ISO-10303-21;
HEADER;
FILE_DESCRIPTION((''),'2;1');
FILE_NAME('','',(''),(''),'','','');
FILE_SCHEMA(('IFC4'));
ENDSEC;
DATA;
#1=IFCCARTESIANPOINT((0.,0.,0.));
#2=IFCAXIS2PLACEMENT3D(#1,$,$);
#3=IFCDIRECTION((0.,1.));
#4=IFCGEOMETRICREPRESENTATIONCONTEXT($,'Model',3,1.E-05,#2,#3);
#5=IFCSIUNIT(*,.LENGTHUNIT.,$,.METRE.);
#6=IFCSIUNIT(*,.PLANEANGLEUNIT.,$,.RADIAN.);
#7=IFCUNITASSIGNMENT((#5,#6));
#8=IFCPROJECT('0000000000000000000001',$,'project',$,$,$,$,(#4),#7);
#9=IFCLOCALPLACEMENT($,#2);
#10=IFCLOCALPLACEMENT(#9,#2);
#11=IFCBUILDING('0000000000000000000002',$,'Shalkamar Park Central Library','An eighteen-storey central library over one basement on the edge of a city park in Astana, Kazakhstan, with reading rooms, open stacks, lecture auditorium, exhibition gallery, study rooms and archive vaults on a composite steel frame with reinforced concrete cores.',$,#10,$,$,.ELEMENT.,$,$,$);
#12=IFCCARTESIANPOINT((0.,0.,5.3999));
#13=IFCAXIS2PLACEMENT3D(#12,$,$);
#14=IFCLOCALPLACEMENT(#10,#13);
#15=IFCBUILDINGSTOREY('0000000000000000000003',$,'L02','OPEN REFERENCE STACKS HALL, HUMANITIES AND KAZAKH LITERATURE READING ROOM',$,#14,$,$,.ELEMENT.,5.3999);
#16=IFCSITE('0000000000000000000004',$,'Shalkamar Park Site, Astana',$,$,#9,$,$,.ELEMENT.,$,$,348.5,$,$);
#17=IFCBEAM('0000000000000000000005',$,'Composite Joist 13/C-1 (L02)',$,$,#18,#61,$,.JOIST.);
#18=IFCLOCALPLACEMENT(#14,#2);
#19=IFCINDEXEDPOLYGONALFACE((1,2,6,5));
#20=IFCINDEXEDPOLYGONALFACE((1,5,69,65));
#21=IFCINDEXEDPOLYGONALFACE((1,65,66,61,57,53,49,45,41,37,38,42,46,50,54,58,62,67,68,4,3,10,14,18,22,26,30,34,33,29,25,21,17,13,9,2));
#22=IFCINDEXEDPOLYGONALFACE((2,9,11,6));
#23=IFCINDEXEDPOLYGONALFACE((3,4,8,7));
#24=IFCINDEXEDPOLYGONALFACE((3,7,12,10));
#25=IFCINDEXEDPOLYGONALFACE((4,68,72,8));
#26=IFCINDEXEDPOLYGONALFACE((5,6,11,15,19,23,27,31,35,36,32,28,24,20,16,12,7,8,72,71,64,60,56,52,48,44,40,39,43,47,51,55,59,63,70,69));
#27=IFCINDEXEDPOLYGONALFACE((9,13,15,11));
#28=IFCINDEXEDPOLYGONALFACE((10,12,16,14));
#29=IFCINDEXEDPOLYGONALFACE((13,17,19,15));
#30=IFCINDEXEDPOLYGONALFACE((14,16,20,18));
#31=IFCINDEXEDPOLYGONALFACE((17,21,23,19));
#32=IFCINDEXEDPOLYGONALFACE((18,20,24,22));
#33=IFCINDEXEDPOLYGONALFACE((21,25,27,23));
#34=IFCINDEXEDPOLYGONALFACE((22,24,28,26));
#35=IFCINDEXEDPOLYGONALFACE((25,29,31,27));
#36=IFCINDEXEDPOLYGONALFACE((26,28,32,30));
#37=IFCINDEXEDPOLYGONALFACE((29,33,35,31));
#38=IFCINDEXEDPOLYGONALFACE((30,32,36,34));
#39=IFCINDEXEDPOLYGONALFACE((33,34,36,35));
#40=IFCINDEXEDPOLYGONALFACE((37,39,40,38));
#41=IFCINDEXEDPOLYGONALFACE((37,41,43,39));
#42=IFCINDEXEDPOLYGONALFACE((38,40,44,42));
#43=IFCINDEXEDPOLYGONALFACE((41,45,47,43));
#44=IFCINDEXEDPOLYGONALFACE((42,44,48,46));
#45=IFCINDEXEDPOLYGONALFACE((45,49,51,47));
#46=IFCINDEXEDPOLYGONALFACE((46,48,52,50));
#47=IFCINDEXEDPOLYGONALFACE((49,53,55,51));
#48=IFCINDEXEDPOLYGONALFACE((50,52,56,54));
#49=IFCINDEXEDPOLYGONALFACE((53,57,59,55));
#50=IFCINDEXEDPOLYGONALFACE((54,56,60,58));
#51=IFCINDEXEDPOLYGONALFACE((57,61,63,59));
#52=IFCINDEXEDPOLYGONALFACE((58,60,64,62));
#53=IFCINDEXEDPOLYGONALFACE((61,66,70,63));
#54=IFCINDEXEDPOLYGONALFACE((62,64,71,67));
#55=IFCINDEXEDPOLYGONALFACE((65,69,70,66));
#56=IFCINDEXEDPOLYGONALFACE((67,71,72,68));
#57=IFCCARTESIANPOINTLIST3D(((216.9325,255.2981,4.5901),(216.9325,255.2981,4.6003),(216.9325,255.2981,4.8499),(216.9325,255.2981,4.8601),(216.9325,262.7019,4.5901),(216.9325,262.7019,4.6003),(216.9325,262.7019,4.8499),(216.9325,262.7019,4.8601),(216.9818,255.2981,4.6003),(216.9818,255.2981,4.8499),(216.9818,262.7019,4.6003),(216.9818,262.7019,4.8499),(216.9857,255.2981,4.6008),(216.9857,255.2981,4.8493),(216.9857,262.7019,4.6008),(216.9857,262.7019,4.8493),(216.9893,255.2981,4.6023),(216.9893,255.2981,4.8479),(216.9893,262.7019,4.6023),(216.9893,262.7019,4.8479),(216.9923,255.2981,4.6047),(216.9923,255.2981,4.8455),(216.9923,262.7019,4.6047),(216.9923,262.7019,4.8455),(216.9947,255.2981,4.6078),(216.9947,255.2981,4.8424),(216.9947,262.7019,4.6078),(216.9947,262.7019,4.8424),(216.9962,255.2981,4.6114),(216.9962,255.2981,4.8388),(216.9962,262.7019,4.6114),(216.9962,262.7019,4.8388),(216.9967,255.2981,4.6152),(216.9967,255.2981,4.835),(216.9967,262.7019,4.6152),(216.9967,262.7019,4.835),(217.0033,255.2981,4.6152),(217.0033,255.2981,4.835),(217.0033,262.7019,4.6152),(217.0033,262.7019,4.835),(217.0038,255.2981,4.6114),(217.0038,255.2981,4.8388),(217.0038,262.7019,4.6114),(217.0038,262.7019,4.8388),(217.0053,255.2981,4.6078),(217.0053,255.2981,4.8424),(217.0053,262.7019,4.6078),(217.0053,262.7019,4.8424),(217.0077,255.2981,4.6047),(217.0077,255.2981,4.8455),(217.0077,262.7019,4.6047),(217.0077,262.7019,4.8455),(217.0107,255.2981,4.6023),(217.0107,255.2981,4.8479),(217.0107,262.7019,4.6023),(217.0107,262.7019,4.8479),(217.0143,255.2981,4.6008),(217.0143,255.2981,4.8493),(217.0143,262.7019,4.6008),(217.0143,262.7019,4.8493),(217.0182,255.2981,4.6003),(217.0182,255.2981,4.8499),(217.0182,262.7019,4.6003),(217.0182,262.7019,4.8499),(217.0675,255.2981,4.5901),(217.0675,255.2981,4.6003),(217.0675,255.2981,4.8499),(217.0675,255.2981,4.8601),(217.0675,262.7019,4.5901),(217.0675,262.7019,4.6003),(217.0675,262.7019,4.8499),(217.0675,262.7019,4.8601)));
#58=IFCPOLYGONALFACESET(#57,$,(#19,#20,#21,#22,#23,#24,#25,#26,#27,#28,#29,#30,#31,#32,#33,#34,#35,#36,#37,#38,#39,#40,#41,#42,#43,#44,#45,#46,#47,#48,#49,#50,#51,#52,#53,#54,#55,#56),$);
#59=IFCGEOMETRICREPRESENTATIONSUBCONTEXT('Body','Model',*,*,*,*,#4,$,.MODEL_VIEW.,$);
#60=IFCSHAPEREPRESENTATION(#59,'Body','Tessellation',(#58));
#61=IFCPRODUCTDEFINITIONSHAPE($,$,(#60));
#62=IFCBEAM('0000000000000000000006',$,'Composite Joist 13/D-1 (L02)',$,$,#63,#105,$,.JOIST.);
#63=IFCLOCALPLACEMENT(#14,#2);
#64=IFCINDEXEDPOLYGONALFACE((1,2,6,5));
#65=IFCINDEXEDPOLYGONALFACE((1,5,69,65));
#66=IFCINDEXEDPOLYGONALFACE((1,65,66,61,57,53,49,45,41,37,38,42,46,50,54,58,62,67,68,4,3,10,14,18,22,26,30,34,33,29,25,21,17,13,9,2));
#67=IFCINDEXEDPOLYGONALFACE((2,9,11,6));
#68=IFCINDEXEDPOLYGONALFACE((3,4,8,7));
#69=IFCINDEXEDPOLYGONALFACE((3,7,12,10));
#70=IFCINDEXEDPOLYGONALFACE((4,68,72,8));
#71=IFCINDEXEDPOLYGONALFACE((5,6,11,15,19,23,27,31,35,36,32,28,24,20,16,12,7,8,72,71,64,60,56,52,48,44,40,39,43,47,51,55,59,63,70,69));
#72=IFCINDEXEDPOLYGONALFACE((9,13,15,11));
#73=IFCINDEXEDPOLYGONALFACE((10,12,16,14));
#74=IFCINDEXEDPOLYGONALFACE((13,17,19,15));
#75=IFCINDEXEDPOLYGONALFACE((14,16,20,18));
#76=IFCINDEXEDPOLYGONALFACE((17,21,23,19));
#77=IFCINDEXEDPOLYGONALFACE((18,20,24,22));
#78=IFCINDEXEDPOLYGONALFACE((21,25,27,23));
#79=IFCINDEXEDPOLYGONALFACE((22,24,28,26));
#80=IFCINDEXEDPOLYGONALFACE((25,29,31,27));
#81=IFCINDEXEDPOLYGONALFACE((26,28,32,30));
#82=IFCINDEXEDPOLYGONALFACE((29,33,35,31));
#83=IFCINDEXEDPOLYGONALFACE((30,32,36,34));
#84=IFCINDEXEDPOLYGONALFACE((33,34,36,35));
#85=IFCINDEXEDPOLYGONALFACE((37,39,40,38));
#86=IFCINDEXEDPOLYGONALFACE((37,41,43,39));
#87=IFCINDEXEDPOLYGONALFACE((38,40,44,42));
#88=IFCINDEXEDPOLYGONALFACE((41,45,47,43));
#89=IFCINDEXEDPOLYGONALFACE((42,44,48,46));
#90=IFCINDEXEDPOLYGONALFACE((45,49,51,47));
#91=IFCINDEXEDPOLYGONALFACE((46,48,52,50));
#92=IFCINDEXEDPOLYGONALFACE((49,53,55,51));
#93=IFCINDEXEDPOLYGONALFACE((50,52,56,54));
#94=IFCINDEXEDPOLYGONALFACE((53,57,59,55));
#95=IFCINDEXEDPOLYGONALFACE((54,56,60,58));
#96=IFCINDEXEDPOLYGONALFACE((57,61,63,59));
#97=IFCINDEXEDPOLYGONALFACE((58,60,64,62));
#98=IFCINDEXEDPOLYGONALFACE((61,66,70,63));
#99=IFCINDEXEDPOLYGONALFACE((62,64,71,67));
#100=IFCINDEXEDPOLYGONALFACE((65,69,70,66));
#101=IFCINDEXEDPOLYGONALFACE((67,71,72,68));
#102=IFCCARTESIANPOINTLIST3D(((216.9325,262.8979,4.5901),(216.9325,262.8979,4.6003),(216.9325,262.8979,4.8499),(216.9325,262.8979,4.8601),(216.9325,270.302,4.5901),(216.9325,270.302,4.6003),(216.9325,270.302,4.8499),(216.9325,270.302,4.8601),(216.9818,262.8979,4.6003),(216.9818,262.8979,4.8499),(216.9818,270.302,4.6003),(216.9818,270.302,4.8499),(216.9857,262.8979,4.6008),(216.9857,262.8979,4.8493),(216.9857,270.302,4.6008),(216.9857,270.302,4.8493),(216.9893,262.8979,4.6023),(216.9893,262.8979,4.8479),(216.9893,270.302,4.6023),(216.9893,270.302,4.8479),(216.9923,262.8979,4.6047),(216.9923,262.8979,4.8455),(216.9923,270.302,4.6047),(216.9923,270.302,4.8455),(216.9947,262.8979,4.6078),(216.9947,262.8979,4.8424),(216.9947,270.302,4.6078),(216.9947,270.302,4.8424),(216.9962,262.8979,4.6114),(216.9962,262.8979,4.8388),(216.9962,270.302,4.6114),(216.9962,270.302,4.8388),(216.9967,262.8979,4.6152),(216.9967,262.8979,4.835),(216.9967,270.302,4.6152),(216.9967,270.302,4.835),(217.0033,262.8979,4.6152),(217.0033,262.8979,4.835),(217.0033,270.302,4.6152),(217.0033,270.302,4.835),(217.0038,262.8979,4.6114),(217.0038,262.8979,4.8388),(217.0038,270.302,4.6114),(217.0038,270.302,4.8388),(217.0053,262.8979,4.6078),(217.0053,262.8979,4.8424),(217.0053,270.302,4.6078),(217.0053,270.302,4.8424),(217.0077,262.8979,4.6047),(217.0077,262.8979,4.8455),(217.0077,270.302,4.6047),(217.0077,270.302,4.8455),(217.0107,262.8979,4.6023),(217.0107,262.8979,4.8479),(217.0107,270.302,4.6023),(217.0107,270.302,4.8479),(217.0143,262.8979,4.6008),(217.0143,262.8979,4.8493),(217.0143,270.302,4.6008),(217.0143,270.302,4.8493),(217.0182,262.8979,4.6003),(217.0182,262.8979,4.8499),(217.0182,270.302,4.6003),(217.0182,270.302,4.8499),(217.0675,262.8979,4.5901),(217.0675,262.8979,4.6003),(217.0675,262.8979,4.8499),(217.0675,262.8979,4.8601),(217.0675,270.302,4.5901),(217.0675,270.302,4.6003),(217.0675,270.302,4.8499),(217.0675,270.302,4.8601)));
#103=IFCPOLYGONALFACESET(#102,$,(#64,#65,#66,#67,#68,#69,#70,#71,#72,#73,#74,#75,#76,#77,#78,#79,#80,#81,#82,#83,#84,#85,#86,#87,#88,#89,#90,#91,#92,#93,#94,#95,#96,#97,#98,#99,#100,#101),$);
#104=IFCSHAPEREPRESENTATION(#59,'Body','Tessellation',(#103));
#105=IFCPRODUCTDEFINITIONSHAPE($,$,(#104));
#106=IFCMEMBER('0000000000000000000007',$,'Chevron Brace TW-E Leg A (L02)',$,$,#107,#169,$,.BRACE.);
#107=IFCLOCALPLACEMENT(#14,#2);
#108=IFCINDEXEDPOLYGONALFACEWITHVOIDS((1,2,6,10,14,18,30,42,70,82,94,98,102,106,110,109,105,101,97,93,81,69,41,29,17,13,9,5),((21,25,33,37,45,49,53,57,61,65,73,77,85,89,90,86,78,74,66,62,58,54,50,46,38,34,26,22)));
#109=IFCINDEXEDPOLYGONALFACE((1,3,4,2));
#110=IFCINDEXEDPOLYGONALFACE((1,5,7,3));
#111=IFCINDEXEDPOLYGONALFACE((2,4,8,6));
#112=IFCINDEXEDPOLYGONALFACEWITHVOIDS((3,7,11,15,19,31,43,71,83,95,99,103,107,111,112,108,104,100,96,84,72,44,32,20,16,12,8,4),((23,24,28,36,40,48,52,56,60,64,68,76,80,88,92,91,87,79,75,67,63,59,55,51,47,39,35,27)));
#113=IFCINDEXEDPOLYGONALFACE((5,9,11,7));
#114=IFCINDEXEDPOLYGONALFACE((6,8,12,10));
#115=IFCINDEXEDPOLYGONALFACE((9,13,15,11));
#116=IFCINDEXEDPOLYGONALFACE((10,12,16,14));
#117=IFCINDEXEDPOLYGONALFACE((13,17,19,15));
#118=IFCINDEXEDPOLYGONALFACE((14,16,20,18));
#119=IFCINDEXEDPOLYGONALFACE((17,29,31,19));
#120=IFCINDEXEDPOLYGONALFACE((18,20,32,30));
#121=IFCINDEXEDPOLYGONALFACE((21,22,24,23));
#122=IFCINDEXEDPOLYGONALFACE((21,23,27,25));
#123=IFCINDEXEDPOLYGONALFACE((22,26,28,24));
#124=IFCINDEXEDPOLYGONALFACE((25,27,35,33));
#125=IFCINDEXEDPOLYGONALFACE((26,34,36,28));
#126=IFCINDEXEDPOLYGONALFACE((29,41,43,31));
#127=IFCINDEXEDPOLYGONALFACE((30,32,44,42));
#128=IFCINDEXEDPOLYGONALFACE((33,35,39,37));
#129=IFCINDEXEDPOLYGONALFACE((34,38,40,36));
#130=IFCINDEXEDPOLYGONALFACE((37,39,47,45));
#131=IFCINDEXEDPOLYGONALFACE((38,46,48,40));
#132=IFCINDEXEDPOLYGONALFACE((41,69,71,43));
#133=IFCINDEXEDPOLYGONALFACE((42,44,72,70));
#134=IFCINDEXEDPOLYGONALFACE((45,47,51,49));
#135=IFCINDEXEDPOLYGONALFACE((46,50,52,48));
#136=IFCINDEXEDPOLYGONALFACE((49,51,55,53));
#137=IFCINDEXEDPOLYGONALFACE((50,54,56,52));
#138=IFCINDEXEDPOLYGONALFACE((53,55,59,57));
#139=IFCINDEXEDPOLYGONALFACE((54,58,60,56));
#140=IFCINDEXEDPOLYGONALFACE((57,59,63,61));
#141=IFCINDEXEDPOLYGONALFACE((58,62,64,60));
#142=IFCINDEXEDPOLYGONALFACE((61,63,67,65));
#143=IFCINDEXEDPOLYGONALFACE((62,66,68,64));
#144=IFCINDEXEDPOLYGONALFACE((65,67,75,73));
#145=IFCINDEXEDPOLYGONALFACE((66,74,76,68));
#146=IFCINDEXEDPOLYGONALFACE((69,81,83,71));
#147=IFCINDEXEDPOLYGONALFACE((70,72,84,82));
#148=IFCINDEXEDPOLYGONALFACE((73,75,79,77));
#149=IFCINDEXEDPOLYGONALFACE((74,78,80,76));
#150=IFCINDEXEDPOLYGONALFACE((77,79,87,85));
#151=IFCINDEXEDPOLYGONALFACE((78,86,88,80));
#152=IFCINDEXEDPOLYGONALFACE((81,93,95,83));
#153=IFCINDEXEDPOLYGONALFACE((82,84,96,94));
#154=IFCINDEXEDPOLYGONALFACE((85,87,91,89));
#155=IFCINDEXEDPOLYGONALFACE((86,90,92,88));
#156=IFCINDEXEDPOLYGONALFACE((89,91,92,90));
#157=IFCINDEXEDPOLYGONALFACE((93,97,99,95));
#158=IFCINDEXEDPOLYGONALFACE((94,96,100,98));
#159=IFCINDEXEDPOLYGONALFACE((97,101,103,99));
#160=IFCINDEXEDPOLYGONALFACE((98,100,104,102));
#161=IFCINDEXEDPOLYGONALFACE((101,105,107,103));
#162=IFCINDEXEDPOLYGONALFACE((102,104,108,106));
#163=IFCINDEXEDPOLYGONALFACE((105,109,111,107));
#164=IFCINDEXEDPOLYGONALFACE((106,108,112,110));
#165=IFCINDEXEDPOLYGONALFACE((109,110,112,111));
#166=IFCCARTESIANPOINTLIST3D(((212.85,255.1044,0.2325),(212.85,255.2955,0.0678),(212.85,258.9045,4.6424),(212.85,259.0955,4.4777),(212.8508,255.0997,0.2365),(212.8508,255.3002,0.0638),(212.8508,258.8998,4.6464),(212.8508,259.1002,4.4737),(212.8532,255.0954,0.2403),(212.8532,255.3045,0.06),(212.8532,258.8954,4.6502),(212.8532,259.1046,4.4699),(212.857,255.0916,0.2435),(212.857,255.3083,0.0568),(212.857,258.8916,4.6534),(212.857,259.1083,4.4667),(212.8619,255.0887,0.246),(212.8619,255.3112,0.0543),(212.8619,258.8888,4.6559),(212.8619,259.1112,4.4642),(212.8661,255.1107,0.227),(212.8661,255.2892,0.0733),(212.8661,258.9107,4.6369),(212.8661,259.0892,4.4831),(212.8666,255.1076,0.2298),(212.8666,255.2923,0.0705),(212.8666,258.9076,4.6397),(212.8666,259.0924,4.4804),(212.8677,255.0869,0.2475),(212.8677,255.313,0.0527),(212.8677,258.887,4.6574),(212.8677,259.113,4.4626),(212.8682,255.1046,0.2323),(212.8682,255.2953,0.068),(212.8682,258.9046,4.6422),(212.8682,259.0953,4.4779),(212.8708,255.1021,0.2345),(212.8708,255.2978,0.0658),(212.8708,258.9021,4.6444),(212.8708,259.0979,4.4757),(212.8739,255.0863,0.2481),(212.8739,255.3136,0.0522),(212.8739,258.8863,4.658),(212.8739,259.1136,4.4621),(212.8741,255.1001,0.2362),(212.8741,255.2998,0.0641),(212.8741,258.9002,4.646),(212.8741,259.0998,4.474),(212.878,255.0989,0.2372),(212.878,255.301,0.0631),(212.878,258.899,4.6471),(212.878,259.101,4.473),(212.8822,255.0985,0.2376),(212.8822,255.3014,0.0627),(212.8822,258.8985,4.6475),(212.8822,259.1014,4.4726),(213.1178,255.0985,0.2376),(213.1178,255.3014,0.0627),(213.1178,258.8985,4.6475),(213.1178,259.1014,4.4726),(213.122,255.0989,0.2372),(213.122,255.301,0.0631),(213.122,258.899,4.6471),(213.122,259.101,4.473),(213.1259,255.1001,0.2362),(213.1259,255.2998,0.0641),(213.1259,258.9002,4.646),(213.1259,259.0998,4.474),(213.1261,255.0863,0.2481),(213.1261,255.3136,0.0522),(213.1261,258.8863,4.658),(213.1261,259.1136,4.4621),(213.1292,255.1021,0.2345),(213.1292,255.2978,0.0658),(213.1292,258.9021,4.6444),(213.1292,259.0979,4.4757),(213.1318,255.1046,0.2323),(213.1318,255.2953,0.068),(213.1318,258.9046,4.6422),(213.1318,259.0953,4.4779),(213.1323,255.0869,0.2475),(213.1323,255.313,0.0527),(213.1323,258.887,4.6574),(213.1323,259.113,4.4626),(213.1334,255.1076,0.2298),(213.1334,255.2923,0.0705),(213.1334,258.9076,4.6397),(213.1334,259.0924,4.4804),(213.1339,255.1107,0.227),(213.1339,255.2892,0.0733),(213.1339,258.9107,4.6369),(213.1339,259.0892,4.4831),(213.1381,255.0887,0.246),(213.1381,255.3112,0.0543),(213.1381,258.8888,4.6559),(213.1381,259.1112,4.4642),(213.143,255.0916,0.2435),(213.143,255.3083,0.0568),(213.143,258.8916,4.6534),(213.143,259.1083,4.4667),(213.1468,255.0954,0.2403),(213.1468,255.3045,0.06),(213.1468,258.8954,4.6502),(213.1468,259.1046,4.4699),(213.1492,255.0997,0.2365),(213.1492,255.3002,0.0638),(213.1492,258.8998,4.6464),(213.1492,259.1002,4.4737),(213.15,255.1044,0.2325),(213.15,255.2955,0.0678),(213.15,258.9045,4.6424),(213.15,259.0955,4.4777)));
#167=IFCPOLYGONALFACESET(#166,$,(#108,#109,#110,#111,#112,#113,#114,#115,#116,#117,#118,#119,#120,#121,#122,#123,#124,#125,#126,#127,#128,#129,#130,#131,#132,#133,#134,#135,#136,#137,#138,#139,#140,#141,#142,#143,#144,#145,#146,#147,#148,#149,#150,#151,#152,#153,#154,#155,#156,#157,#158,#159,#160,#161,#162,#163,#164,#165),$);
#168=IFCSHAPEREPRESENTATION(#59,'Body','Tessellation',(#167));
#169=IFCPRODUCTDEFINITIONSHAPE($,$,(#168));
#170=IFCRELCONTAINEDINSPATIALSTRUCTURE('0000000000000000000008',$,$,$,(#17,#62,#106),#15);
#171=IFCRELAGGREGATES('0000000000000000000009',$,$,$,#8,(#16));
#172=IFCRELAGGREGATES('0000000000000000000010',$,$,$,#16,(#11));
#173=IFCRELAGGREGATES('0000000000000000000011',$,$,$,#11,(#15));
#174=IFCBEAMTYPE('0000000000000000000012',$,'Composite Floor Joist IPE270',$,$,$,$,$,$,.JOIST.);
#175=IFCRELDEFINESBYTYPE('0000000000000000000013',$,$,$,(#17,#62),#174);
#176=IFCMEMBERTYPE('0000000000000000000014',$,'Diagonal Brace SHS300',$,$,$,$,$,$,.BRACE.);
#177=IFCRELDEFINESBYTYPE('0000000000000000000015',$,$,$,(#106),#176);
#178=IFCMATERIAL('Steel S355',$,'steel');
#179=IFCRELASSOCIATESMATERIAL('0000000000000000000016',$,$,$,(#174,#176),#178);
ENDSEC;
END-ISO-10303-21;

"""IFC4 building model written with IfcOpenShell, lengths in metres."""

from ifc_helpers import new_model, si_unit, direction, frame, origin, origin_2d, place, context, subcontext, project, spatial, hollow_rectangle, i_section, extrude, material, material_profile, profile_set, type_object, element, save


model = new_model("IFC4")

# Units and contexts
model_context = context("Model", 3, precision=1e-05, world=origin(), true_north=direction((0.0, 1.0)))
body_context = subcontext(model_context, "Body", "Model", "MODEL_VIEW")
ifc_project = project(units=[si_unit("LENGTHUNIT", "METRE"), si_unit("PLANEANGLEUNIT", "RADIAN")], contexts=[model_context])

# Site, building, storey
site_placement = place(None, origin())
site = spatial("IfcSite", under=ifc_project, at=site_placement, Name="Shalkamar Park Site, Astana", CompositionType="ELEMENT", RefElevation=348.5)
building_placement = place(site_placement, origin())
building = spatial("IfcBuilding", under=site, at=building_placement, Name="Shalkamar Park Central Library", Description="An eighteen-storey central library over one basement on the edge of a city park in Astana, Kazakhstan, with reading rooms, open stacks, lecture auditorium, exhibition gallery, study rooms and archive vaults on a composite steel frame with reinforced concrete cores.", CompositionType="ELEMENT")
storey_placement = place(building_placement, frame((0.0, 0.0, 5.3999)))
storey = spatial("IfcBuildingStorey", under=building, at=storey_placement, Name="L02", Description="OPEN REFERENCE STACKS HALL, HUMANITIES AND KAZAKH LITERATURE READING ROOM", CompositionType="ELEMENT", Elevation=5.3999)

# Shared definitions
ifc_material_1 = material(Name="Steel S355", Category="steel")

# Beams
ifc_material_profile_1 = material_profile(ifc_material_1, i_section(OverallWidth=0.135, OverallDepth=0.27, WebThickness=0.0066, FlangeThickness=0.0103, FilletRadius=0.0149, at=origin_2d()), Name="IPE 270")
ifc_profile_set_1 = profile_set([ifc_material_profile_1], Name="Steel S355")
beam_type_1 = type_object("IfcBeamType", Name="Composite Floor Joist IPE270", PredefinedType="JOIST", material=ifc_profile_set_1)
beam_1_placement = place(storey_placement, frame((217.0, 255.2981, 4.7251), z_axis=(0.0, 1.0, 0.0), x_axis=(-1.0, 0.0, 0.0)))
element("IfcBeam", 1, at=beam_1_placement, inside=storey, type_object=beam_type_1, Name="Composite Joist 13/C-1 (L02)", PredefinedType="JOIST", context=body_context, shape_type="SweptSolid", body=[
    extrude(i_section(OverallWidth=0.135, OverallDepth=0.27, WebThickness=0.0066, FlangeThickness=0.0103, FilletRadius=0.0149, at=origin_2d()), origin(), (0.0, 0.0, 1.0), 7.4038),
])
beam_2_placement = place(storey_placement, frame((217.0, 262.8979, 4.7251), z_axis=(0.0, 1.0, 0.0), x_axis=(-1.0, 0.0, 0.0)))
element("IfcBeam", 2, at=beam_2_placement, inside=storey, type_object=beam_type_1, Name="Composite Joist 13/D-1 (L02)", PredefinedType="JOIST", context=body_context, shape_type="SweptSolid", body=[
    extrude(i_section(OverallWidth=0.135, OverallDepth=0.27, WebThickness=0.0066, FlangeThickness=0.0103, FilletRadius=0.0149, at=origin_2d()), origin(), (0.0, 0.0, 1.0), 7.4041),
])

# Member
ifc_material_profile_2 = material_profile(ifc_material_1, hollow_rectangle(XDim=0.3, YDim=0.3, WallThickness=0.0161, InnerFilletRadius=0.0161, OuterFilletRadius=0.0239, at=origin_2d()), Name="SHS 300x300x16")
ifc_profile_set_2 = profile_set([ifc_material_profile_2], Name="Steel S355")
member_type = type_object("IfcMemberType", Name="Diagonal Brace SHS300", PredefinedType="BRACE", material=ifc_profile_set_2)
for number, where, z_axis, x_axis, name in (
    (3, (213.0, 255.2, 0.1501), (0.0, 0.652782, 0.757546), (-1.0, 0.0, 0.0), "Chevron Brace TW-E Leg A (L02)"),
):
    element("IfcMember", number, at=place(storey_placement, frame(where, z_axis=z_axis, x_axis=x_axis)), inside=storey, type_object=member_type, Name=name, PredefinedType="BRACE", context=body_context, shape_type="SweptSolid", body=[
        extrude(hollow_rectangle(XDim=0.3, YDim=0.3, WallThickness=0.0161, InnerFilletRadius=0.0161, OuterFilletRadius=0.0239, at=origin_2d()), origin(), (0.0, 0.0, 1.0), 5.8213),
    ])

save(model, "model.ifc")
